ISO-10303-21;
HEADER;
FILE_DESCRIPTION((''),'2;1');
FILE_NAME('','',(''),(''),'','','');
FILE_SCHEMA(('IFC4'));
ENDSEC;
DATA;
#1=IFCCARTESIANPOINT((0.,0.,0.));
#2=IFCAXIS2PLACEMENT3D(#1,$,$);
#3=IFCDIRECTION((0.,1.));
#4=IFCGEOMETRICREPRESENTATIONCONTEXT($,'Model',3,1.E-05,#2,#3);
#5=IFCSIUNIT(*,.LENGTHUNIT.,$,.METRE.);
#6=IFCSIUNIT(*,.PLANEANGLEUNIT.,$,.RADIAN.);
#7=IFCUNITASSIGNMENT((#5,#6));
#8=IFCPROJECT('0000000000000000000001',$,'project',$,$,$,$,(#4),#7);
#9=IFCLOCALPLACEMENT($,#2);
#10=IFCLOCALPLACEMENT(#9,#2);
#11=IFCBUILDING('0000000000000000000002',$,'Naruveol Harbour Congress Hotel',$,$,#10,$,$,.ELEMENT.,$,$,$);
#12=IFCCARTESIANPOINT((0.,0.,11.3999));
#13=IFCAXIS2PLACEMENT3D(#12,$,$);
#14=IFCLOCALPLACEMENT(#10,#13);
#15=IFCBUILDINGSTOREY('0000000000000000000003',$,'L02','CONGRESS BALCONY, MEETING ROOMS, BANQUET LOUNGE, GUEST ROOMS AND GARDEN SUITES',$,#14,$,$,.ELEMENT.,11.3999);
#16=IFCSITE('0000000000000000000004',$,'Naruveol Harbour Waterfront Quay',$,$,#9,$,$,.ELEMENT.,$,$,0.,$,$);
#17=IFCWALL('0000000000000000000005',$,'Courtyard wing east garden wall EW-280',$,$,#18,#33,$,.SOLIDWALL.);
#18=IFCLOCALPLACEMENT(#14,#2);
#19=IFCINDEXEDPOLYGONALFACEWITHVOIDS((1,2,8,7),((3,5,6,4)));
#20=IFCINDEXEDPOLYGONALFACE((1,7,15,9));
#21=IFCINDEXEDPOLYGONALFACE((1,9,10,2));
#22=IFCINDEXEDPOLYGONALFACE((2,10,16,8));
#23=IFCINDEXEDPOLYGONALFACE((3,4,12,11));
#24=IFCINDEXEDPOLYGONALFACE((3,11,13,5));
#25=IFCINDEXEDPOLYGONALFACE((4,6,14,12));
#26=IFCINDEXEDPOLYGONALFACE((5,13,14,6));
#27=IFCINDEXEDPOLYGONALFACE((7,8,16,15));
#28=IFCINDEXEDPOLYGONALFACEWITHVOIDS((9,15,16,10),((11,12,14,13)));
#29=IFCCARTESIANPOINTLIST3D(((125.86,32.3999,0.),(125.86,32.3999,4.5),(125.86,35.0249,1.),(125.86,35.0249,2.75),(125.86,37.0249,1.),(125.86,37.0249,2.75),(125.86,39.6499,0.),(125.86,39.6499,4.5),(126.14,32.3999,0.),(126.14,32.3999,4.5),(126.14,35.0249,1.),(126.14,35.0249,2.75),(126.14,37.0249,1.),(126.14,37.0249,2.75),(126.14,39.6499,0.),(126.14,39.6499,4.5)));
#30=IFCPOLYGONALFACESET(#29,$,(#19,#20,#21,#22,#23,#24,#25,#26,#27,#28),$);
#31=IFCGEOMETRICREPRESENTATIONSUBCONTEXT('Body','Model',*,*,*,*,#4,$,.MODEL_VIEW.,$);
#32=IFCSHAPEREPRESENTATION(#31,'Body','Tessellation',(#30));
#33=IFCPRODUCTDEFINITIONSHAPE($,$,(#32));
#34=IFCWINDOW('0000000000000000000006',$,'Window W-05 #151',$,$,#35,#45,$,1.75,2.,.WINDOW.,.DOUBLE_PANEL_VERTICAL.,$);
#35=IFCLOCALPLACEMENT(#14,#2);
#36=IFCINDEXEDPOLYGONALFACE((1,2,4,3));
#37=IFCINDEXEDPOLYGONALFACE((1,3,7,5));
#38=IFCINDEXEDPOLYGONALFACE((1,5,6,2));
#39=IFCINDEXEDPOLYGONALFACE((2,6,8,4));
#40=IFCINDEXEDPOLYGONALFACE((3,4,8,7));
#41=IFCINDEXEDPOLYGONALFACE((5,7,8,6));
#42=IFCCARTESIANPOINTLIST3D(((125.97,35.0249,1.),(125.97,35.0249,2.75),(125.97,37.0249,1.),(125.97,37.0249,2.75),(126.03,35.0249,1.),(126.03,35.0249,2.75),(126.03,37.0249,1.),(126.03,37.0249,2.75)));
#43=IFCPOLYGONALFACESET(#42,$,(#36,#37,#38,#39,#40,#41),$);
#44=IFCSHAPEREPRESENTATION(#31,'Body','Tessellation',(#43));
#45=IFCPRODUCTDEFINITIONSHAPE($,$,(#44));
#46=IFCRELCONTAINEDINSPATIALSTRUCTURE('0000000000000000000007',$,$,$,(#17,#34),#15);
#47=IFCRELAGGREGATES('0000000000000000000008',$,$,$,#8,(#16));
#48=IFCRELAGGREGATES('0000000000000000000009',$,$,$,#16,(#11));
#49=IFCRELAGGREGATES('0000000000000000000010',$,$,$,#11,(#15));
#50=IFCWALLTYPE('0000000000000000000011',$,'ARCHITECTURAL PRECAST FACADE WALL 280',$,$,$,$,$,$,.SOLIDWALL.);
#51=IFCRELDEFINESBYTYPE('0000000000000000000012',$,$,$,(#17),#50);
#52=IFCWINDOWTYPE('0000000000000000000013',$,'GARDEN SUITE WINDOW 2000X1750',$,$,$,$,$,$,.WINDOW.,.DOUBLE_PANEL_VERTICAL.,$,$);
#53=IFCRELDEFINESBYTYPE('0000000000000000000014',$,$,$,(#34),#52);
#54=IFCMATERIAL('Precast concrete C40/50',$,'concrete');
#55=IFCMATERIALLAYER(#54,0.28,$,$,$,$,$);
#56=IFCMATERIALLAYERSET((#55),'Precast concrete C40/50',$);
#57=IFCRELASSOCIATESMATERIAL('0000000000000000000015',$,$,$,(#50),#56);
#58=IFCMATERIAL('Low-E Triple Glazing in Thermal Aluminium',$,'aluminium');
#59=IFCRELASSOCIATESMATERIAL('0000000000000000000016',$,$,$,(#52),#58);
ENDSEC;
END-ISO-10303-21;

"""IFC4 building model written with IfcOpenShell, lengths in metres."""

from ifc_helpers import new_model, si_unit, direction, frame, frame_2d, origin, place, context, subcontext, project, spatial, rectangle, extrude, material, layer, layer_set, type_object, element, fill, save


model = new_model("IFC4")

# Units and contexts
model_context = context("Model", 3, precision=1e-05, world=origin(), true_north=direction((0.0, 1.0)))
body_context = subcontext(model_context, "Body", "Model", "MODEL_VIEW")
ifc_project = project(units=[si_unit("LENGTHUNIT", "METRE"), si_unit("PLANEANGLEUNIT", "RADIAN")], contexts=[model_context])

# Site, building, storey
site_placement = place(None, origin())
site = spatial("IfcSite", under=ifc_project, at=site_placement, Name="Naruveol Harbour Waterfront Quay", CompositionType="ELEMENT", RefElevation=0.0)
building_placement = place(site_placement, origin())
building = spatial("IfcBuilding", under=site, at=building_placement, Name="Naruveol Harbour Congress Hotel", CompositionType="ELEMENT")
storey_placement = place(building_placement, frame((0.0, 0.0, 11.3999)))
storey = spatial("IfcBuildingStorey", under=building, at=storey_placement, Name="L02", Description="CONGRESS BALCONY, MEETING ROOMS, BANQUET LOUNGE, GUEST ROOMS AND GARDEN SUITES", CompositionType="ELEMENT", Elevation=11.3999)

# Wall, opening, window
ifc_material_1 = material(Name="Precast concrete C40/50", Category="concrete")
ifc_layer_1 = layer(ifc_material_1, 0.28)
ifc_layer_set_1 = layer_set([ifc_layer_1], Name="Precast concrete C40/50")
wall_type_1 = type_object("IfcWallType", Name="ARCHITECTURAL PRECAST FACADE WALL 280", PredefinedType="SOLIDWALL", material=ifc_layer_set_1)
wall_1_placement = place(storey_placement, frame((126.0, 39.6499, 0.0), z_axis=(0.0, 0.0, 1.0), x_axis=(0.0, -1.0, 0.0)))
wall_1 = element("IfcWall", 1, at=wall_1_placement, inside=storey, type_object=wall_type_1, Name="Courtyard wing east garden wall EW-280", PredefinedType="SOLIDWALL", context=body_context, shape_type="SweptSolid", body=[
    extrude(rectangle(XDim=7.25, YDim=0.28, at=frame_2d((3.625, 0.0))), origin(), (0.0, 0.0, 1.0), 4.5),
])
opening_placement = place(wall_1_placement, frame((2.625, 0.0, 1.0)))
opening = element("IfcOpeningElement", 2, at=opening_placement, cuts=wall_1, PredefinedType="OPENING", context=body_context, shape_type="SweptSolid", body=[
    extrude(rectangle(XDim=2.0, YDim=1.75, at=frame_2d((1.0, 0.875))), frame((0.0, 0.1499, 0.0), z_axis=(0.0, -1.0, 0.0), x_axis=(1.0, 0.0, 0.0)), (0.0, 0.0, 1.0), 0.3),
])
ifc_material_2 = material(Name="Low-E Triple Glazing in Thermal Aluminium", Category="aluminium")
window_type = type_object("IfcWindowType", Name="GARDEN SUITE WINDOW 2000X1750", PartitioningType="DOUBLE_PANEL_VERTICAL", PredefinedType="WINDOW", material=ifc_material_2)
window_placement = place(opening_placement, origin())
window = element("IfcWindow", 3, at=window_placement, inside=storey, type_object=window_type, Name="Window W-05 #151", OverallHeight=1.75, OverallWidth=2.0, PartitioningType="DOUBLE_PANEL_VERTICAL", PredefinedType="WINDOW", context=body_context, shape_type="SweptSolid", body=[
    extrude(rectangle(XDim=2.0, YDim=1.75, at=frame_2d((1.0, 0.875))), frame((0.0, 0.03, 0.0), z_axis=(0.0, -1.0, 0.0), x_axis=(1.0, 0.0, 0.0)), (0.0, 0.0, 1.0), 0.0601),
])
fill(opening, window)

save(model, "model.ifc")
